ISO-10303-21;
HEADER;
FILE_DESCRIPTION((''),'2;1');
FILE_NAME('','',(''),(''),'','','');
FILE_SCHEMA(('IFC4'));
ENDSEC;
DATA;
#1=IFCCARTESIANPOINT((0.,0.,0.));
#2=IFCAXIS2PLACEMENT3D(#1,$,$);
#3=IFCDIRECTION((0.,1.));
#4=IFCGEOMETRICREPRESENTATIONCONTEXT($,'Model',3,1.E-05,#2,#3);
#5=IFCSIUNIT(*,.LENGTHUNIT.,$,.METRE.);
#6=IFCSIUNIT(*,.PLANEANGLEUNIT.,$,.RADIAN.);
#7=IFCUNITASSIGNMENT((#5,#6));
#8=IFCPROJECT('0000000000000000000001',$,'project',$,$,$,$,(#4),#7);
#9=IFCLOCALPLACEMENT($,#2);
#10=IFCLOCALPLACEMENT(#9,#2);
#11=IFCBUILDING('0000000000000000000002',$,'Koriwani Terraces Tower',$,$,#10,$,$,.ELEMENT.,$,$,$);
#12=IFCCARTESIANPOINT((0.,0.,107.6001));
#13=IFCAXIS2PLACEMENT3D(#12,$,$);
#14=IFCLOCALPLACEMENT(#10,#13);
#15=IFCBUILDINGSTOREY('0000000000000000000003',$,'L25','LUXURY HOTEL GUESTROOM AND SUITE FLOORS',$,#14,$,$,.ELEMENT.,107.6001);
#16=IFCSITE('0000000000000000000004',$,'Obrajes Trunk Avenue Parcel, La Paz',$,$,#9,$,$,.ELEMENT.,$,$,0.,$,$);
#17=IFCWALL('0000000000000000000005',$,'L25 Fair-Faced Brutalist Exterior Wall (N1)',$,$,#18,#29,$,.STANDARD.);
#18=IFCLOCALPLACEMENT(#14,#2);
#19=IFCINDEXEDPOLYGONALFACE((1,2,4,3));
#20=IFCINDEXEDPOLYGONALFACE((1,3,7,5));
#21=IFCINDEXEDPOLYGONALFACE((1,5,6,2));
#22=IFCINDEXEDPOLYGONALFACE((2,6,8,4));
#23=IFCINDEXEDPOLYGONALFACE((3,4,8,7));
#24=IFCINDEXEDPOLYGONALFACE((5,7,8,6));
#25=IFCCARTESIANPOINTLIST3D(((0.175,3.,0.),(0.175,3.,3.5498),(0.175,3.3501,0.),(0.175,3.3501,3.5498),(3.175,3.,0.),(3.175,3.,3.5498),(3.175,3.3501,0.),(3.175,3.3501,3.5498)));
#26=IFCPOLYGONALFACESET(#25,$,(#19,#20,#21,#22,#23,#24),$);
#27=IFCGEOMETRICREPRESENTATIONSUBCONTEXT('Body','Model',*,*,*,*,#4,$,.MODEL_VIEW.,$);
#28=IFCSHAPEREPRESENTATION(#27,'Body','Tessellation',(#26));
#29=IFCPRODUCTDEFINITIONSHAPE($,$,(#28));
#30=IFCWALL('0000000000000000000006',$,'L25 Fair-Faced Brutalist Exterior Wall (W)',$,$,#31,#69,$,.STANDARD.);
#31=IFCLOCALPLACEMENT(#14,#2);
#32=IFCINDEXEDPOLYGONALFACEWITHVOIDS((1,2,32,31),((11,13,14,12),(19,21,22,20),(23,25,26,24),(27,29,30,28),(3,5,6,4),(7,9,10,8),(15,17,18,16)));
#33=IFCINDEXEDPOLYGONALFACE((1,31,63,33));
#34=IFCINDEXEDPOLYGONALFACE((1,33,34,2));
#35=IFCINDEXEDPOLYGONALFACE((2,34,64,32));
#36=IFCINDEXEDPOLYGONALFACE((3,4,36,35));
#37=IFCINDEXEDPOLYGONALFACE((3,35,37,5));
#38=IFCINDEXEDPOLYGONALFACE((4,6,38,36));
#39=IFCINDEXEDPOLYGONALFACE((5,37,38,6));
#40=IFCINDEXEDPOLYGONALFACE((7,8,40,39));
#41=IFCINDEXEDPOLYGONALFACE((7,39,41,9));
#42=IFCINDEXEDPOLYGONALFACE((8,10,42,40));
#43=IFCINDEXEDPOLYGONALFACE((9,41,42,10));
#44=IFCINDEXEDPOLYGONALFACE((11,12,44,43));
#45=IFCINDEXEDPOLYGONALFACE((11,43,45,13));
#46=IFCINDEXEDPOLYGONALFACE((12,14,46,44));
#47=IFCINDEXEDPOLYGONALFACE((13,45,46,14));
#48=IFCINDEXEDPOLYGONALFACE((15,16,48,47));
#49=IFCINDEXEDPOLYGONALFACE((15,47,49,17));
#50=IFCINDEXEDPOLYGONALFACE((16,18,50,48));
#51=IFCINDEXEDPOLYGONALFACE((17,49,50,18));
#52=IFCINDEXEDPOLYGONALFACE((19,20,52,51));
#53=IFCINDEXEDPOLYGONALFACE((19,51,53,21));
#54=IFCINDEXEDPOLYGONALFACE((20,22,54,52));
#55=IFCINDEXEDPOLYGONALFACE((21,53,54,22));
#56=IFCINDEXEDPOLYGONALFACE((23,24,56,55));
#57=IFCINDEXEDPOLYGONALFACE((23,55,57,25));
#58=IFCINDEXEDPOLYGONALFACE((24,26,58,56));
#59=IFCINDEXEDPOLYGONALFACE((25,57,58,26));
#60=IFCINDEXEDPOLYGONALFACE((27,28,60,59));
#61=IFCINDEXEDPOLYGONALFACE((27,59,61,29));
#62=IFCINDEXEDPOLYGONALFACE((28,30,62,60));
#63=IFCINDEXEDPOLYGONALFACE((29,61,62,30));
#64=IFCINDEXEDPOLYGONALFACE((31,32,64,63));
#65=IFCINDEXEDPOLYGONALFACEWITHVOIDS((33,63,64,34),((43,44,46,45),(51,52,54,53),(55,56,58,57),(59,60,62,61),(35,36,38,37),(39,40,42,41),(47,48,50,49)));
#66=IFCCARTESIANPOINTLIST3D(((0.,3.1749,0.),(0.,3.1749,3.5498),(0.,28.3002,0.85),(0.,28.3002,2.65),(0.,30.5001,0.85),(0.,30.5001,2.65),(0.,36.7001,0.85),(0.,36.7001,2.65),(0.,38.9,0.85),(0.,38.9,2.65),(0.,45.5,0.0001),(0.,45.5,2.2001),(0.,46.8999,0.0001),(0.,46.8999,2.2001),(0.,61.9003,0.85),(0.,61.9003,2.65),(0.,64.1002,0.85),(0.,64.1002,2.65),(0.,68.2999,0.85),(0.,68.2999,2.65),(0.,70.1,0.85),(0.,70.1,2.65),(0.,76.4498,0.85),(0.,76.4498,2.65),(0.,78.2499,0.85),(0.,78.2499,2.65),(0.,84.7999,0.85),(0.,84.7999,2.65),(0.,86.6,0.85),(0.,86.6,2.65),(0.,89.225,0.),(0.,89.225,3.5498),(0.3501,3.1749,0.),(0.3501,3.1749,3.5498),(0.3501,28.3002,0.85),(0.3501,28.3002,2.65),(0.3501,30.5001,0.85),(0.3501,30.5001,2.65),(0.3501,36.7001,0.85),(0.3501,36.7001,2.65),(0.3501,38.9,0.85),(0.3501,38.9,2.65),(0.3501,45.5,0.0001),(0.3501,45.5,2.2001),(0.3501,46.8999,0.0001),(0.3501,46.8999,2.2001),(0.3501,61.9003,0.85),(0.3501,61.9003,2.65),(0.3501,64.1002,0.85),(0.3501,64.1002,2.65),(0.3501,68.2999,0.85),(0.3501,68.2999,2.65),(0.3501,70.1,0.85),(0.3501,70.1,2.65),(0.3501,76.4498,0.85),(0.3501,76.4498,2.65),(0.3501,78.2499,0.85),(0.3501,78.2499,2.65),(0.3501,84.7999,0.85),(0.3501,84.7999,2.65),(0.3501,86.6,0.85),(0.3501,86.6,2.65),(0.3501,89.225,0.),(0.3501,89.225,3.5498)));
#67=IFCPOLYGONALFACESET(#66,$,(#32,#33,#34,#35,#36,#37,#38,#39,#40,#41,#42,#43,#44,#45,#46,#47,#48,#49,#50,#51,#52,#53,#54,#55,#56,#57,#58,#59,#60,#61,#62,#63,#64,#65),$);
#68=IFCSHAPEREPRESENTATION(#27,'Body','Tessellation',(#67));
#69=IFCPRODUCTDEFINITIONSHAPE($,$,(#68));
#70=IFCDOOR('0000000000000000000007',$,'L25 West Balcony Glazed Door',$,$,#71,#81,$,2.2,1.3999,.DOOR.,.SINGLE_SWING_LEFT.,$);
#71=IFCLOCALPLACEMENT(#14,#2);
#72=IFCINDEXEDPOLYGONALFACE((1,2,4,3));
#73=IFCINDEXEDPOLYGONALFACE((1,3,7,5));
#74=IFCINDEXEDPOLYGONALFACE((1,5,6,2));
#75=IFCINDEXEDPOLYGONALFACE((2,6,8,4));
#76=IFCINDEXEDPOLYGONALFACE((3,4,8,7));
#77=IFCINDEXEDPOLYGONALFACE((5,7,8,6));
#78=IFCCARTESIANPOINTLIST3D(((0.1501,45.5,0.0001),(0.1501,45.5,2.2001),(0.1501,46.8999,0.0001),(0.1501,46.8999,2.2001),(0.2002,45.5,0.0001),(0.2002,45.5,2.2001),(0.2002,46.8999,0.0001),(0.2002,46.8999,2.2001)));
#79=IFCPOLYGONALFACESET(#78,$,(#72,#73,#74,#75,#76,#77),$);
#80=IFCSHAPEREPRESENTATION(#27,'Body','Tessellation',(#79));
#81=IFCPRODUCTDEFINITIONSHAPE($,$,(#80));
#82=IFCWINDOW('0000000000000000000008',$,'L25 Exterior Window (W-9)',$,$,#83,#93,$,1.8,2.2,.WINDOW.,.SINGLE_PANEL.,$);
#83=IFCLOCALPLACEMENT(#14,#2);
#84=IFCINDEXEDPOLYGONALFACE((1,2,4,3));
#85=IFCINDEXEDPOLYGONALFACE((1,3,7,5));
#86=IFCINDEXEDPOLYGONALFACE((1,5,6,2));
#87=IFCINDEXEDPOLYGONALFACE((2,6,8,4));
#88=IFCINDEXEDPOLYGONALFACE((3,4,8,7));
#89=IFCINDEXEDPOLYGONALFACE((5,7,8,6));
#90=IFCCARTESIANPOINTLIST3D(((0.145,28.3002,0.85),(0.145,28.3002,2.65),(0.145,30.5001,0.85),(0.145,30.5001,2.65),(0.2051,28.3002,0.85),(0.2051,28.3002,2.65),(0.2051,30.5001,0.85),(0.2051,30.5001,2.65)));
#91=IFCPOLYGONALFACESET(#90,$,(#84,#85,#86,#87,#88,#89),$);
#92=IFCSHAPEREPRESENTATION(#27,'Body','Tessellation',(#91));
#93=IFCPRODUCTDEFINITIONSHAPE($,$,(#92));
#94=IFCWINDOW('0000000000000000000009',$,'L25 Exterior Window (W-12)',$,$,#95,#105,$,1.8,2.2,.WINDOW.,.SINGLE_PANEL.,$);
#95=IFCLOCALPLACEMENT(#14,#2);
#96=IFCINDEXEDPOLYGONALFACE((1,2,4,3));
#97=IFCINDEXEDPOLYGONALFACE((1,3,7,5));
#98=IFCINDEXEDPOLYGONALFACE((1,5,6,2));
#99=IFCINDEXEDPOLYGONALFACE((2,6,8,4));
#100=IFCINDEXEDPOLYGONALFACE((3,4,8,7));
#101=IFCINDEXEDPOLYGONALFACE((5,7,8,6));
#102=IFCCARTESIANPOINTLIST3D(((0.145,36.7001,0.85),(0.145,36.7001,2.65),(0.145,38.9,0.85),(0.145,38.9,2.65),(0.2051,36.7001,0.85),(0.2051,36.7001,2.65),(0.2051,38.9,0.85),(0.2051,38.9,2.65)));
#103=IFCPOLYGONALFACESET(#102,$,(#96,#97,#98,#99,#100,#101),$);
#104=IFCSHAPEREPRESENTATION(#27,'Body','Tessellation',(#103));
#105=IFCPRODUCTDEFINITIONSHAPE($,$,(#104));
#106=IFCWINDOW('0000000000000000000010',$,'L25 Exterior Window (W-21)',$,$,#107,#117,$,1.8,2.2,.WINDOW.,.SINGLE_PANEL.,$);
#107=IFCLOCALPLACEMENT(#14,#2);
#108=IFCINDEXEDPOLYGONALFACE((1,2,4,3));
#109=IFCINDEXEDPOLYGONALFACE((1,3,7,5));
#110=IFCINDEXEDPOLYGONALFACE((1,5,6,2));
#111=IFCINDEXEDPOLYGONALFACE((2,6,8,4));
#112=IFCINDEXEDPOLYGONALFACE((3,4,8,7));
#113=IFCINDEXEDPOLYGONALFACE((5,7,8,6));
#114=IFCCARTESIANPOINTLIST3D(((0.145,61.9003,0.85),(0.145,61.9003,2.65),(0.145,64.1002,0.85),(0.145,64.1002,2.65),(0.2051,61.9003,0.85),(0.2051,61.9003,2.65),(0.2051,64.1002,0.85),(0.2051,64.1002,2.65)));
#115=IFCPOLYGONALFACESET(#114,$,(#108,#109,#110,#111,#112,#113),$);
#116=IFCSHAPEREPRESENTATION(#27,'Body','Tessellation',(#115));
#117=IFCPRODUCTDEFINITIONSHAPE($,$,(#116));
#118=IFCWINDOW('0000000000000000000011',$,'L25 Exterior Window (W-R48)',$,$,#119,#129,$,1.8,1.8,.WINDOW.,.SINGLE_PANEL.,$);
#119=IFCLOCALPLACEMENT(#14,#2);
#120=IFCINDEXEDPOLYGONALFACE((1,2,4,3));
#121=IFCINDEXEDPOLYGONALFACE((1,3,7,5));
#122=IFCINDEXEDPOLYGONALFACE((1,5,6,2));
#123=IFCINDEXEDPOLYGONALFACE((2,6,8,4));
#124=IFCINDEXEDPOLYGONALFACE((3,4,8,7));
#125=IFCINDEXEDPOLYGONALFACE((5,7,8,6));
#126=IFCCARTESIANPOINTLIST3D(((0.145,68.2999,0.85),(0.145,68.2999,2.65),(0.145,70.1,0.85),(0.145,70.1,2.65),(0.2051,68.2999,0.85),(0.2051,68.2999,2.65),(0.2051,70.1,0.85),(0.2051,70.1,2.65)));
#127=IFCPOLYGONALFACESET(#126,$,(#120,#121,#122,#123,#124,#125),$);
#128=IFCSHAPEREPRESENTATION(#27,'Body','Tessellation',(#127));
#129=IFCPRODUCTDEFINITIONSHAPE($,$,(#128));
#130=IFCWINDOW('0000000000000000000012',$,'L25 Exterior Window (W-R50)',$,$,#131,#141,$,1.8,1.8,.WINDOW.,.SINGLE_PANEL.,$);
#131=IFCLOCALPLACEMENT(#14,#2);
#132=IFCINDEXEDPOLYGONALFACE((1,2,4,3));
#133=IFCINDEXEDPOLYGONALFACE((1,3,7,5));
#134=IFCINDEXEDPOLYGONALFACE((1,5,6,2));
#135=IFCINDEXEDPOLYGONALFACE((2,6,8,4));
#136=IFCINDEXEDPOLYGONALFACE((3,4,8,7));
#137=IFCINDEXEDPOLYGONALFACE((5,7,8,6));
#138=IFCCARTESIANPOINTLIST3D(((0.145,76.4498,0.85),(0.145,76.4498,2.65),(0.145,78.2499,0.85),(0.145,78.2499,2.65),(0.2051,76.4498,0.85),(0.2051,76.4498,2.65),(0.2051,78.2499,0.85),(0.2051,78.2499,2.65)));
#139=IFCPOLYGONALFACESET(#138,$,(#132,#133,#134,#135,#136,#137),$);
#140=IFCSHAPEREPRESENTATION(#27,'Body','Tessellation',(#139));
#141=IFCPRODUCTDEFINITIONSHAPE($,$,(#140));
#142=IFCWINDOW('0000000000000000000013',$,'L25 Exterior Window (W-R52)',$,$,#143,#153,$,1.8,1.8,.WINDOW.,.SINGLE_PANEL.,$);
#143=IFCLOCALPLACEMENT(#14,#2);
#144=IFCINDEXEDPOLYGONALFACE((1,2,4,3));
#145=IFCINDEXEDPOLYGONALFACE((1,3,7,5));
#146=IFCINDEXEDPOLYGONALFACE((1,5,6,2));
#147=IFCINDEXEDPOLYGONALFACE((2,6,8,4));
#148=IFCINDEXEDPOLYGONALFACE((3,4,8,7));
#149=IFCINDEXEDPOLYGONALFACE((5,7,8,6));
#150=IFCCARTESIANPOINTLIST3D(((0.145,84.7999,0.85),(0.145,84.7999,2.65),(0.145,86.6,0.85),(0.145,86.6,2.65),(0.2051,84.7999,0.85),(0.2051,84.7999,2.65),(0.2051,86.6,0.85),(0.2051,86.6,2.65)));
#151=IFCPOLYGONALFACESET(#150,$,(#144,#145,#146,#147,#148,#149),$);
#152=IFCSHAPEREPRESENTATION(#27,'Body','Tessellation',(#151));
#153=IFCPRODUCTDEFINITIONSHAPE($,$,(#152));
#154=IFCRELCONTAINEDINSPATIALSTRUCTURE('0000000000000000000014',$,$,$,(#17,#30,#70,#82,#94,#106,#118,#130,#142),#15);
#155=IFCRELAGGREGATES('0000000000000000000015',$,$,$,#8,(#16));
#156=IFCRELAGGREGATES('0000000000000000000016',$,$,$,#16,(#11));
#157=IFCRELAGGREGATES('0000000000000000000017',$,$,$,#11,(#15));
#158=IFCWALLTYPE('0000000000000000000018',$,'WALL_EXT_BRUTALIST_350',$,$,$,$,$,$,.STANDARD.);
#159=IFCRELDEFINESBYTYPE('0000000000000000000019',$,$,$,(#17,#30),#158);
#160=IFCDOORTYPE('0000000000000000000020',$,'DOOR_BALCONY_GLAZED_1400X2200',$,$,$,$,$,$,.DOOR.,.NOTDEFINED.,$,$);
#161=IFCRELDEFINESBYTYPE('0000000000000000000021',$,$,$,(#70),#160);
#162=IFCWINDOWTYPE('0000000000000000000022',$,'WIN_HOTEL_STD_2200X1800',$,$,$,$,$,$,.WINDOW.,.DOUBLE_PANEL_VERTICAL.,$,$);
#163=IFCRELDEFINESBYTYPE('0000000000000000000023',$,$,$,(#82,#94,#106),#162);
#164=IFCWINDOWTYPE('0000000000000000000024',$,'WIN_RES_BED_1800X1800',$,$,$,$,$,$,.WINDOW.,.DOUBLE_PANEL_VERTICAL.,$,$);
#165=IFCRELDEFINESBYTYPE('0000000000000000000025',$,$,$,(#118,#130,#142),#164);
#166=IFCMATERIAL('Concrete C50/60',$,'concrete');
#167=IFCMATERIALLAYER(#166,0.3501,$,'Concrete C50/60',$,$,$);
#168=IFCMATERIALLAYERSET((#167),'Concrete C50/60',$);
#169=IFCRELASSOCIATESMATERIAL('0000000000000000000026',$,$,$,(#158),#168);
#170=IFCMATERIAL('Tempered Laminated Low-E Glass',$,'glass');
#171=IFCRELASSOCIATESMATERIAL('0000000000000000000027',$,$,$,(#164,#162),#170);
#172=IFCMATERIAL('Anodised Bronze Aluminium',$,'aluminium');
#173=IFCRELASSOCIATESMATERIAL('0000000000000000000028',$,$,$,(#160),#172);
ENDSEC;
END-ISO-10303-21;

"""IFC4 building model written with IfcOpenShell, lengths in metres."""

from ifc_helpers import new_model, si_unit, direction, frame, frame_2d, origin, place, context, subcontext, project, spatial, rectangle, extrude, material, layer, layer_set, type_object, element, fill, save


model = new_model("IFC4")

# Units and contexts
model_context = context("Model", 3, precision=1e-05, world=origin(), true_north=direction((0.0, 1.0)))
body_context = subcontext(model_context, "Body", "Model", "MODEL_VIEW")
ifc_project = project(units=[si_unit("LENGTHUNIT", "METRE"), si_unit("PLANEANGLEUNIT", "RADIAN")], contexts=[model_context])

# Site, building, storey
site_placement = place(None, origin())
site = spatial("IfcSite", under=ifc_project, at=site_placement, Name="Obrajes Trunk Avenue Parcel, La Paz", CompositionType="ELEMENT", RefElevation=0.0)
building_placement = place(site_placement, origin())
building = spatial("IfcBuilding", under=site, at=building_placement, Name="Koriwani Terraces Tower", CompositionType="ELEMENT")
storey_placement = place(building_placement, frame((0.0, 0.0, 107.6001)))
storey = spatial("IfcBuildingStorey", under=building, at=storey_placement, Name="L25", Description="LUXURY HOTEL GUESTROOM AND SUITE FLOORS", CompositionType="ELEMENT", Elevation=107.6001)

# Shared definitions
ifc_material_1 = material(Name="Concrete C50/60", Category="concrete")

# Shared definitions
ifc_layer_1 = layer(ifc_material_1, 0.3501, Name="Concrete C50/60")
ifc_layer_set_1 = layer_set([ifc_layer_1], Name="Concrete C50/60")
wall_type_1 = type_object("IfcWallType", Name="WALL_EXT_BRUTALIST_350", PredefinedType="STANDARD", material=ifc_layer_set_1)
ifc_material_2 = material(Name="Tempered Laminated Low-E Glass", Category="glass")
window_type_1 = type_object("IfcWindowType", Name="WIN_RES_BED_1800X1800", PartitioningType="DOUBLE_PANEL_VERTICAL", PredefinedType="WINDOW", material=ifc_material_2)

# Wall
wall_1_placement = place(storey_placement, frame((3.175, 3.175, 0.0), z_axis=(0.0, 0.0, 1.0), x_axis=(-1.0, 0.0, 0.0)))
element("IfcWall", 1, at=wall_1_placement, inside=storey, type_object=wall_type_1, Name="L25 Fair-Faced Brutalist Exterior Wall (N1)", PredefinedType="STANDARD", context=body_context, shape_type="SweptSolid", body=[
    extrude(rectangle(XDim=3.0, YDim=0.3501, at=frame_2d((1.5, 0.0))), origin(), (0.0, 0.0, 1.0), 3.5498),
])

# Wall, openings, door, windows
wall_2_placement = place(storey_placement, frame((0.175, 3.175, 0.0), z_axis=(0.0, 0.0, 1.0), x_axis=(0.0, 1.0, 0.0)))
wall_2 = element("IfcWall", 2, at=wall_2_placement, inside=storey, type_object=wall_type_1, Name="L25 Fair-Faced Brutalist Exterior Wall (W)", PredefinedType="STANDARD", context=body_context, shape_type="SweptSolid", body=[
    extrude(rectangle(XDim=86.05, YDim=0.3501, at=frame_2d((43.0249, 0.0))), origin(), (0.0, 0.0, 1.0), 3.5498),
])
opening_1_placement = place(wall_2_placement, frame((42.325, 0.0, 0.0)))
opening_1 = element("IfcOpeningElement", 3, at=opening_1_placement, cuts=wall_2, PredefinedType="OPENING", context=body_context, shape_type="SweptSolid", body=[
    extrude(rectangle(XDim=1.3999, YDim=2.2, at=frame_2d((0.7, 1.1001))), frame((0.0, 0.1851, 0.0), z_axis=(0.0, -1.0, 0.0), x_axis=(1.0, 0.0, 0.0)), (0.0, 0.0, 1.0), 0.3701),
])
opening_2_placement = place(wall_2_placement, frame((25.125, 0.0, 0.8501)))
opening_2 = element("IfcOpeningElement", 4, at=opening_2_placement, cuts=wall_2, PredefinedType="OPENING", context=body_context, shape_type="SweptSolid", body=[
    extrude(rectangle(XDim=2.2, YDim=1.8, at=frame_2d((1.1001, 0.8999))), frame((0.0, 0.1851, 0.0), z_axis=(0.0, -1.0, 0.0), x_axis=(1.0, 0.0, 0.0)), (0.0, 0.0, 1.0), 0.3701),
])
opening_3_placement = place(wall_2_placement, frame((33.5249, 0.0, 0.8501)))
opening_3 = element("IfcOpeningElement", 5, at=opening_3_placement, cuts=wall_2, PredefinedType="OPENING", context=body_context, shape_type="SweptSolid", body=[
    extrude(rectangle(XDim=2.2, YDim=1.8, at=frame_2d((1.1001, 0.8999))), frame((0.0, 0.1851, 0.0), z_axis=(0.0, -1.0, 0.0), x_axis=(1.0, 0.0, 0.0)), (0.0, 0.0, 1.0), 0.3701),
])
opening_4_placement = place(wall_2_placement, frame((58.7251, 0.0, 0.8501)))
opening_4 = element("IfcOpeningElement", 6, at=opening_4_placement, cuts=wall_2, PredefinedType="OPENING", context=body_context, shape_type="SweptSolid", body=[
    extrude(rectangle(XDim=2.2, YDim=1.8, at=frame_2d((1.1001, 0.8999))), frame((0.0, 0.1851, 0.0), z_axis=(0.0, -1.0, 0.0), x_axis=(1.0, 0.0, 0.0)), (0.0, 0.0, 1.0), 0.3701),
])
opening_5_placement = place(wall_2_placement, frame((65.125, 0.0, 0.8501)))
opening_5 = element("IfcOpeningElement", 7, at=opening_5_placement, cuts=wall_2, PredefinedType="OPENING", context=body_context, shape_type="SweptSolid", body=[
    extrude(rectangle(XDim=1.8, YDim=1.8, at=frame_2d((0.8999, 0.8999))), frame((0.0, 0.1851, 0.0), z_axis=(0.0, -1.0, 0.0), x_axis=(1.0, 0.0, 0.0)), (0.0, 0.0, 1.0), 0.3701),
])
opening_6_placement = place(wall_2_placement, frame((73.2749, 0.0, 0.8501)))
opening_6 = element("IfcOpeningElement", 8, at=opening_6_placement, cuts=wall_2, PredefinedType="OPENING", context=body_context, shape_type="SweptSolid", body=[
    extrude(rectangle(XDim=1.8, YDim=1.8, at=frame_2d((0.8999, 0.8999))), frame((0.0, 0.1851, 0.0), z_axis=(0.0, -1.0, 0.0), x_axis=(1.0, 0.0, 0.0)), (0.0, 0.0, 1.0), 0.3701),
])
opening_7_placement = place(wall_2_placement, frame((81.625, 0.0, 0.8501)))
opening_7 = element("IfcOpeningElement", 9, at=opening_7_placement, cuts=wall_2, PredefinedType="OPENING", context=body_context, shape_type="SweptSolid", body=[
    extrude(rectangle(XDim=1.8, YDim=1.8, at=frame_2d((0.8999, 0.8999))), frame((0.0, 0.1851, 0.0), z_axis=(0.0, -1.0, 0.0), x_axis=(1.0, 0.0, 0.0)), (0.0, 0.0, 1.0), 0.3701),
])
ifc_material_3 = material(Name="Anodised Bronze Aluminium", Category="aluminium")
door_type = type_object("IfcDoorType", Name="DOOR_BALCONY_GLAZED_1400X2200", OperationType="NOTDEFINED", PredefinedType="DOOR", material=ifc_material_3)
door_placement = place(opening_1_placement, origin())
door = element("IfcDoor", 10, at=door_placement, inside=storey, type_object=door_type, Name="L25 West Balcony Glazed Door", OperationType="SINGLE_SWING_LEFT", OverallHeight=2.2, OverallWidth=1.3999, PredefinedType="DOOR", context=body_context, shape_type="SweptSolid", body=[
    extrude(rectangle(XDim=1.3999, YDim=2.2, at=frame_2d((0.7, 1.1001))), frame((0.0, 0.0249, 0.0), z_axis=(0.0, -1.0, 0.0), x_axis=(1.0, 0.0, 0.0)), (0.0, 0.0, 1.0), 0.05),
])
fill(opening_1, door)
window_type_2 = type_object("IfcWindowType", Name="WIN_HOTEL_STD_2200X1800", PartitioningType="DOUBLE_PANEL_VERTICAL", PredefinedType="WINDOW", material=ifc_material_2)
window_1_placement = place(opening_2_placement, origin())
window_1 = element("IfcWindow", 11, at=window_1_placement, inside=storey, type_object=window_type_2, Name="L25 Exterior Window (W-9)", OverallHeight=1.8, OverallWidth=2.2, PartitioningType="SINGLE_PANEL", PredefinedType="WINDOW", context=body_context, shape_type="SweptSolid", body=[
    extrude(rectangle(XDim=2.2, YDim=1.8, at=frame_2d((1.1001, 0.8999))), frame((0.0, 0.03, 0.0), z_axis=(0.0, -1.0, 0.0), x_axis=(1.0, 0.0, 0.0)), (0.0, 0.0, 1.0), 0.0601),
])
fill(opening_2, window_1)
window_2_placement = place(opening_3_placement, origin())
window_2 = element("IfcWindow", 12, at=window_2_placement, inside=storey, type_object=window_type_2, Name="L25 Exterior Window (W-12)", OverallHeight=1.8, OverallWidth=2.2, PartitioningType="SINGLE_PANEL", PredefinedType="WINDOW", context=body_context, shape_type="SweptSolid", body=[
    extrude(rectangle(XDim=2.2, YDim=1.8, at=frame_2d((1.1001, 0.8999))), frame((0.0, 0.03, 0.0), z_axis=(0.0, -1.0, 0.0), x_axis=(1.0, 0.0, 0.0)), (0.0, 0.0, 1.0), 0.0601),
])
fill(opening_3, window_2)
window_3_placement = place(opening_4_placement, origin())
window_3 = element("IfcWindow", 13, at=window_3_placement, inside=storey, type_object=window_type_2, Name="L25 Exterior Window (W-21)", OverallHeight=1.8, OverallWidth=2.2, PartitioningType="SINGLE_PANEL", PredefinedType="WINDOW", context=body_context, shape_type="SweptSolid", body=[
    extrude(rectangle(XDim=2.2, YDim=1.8, at=frame_2d((1.1001, 0.8999))), frame((0.0, 0.03, 0.0), z_axis=(0.0, -1.0, 0.0), x_axis=(1.0, 0.0, 0.0)), (0.0, 0.0, 1.0), 0.0601),
])
fill(opening_4, window_3)
window_4_placement = place(opening_5_placement, origin())
window_4 = element("IfcWindow", 14, at=window_4_placement, inside=storey, type_object=window_type_1, Name="L25 Exterior Window (W-R48)", OverallHeight=1.8, OverallWidth=1.8, PartitioningType="SINGLE_PANEL", PredefinedType="WINDOW", context=body_context, shape_type="SweptSolid", body=[
    extrude(rectangle(XDim=1.8, YDim=1.8, at=frame_2d((0.8999, 0.8999))), frame((0.0, 0.03, 0.0), z_axis=(0.0, -1.0, 0.0), x_axis=(1.0, 0.0, 0.0)), (0.0, 0.0, 1.0), 0.0601),
])
fill(opening_5, window_4)
window_5_placement = place(opening_6_placement, origin())
window_5 = element("IfcWindow", 15, at=window_5_placement, inside=storey, type_object=window_type_1, Name="L25 Exterior Window (W-R50)", OverallHeight=1.8, OverallWidth=1.8, PartitioningType="SINGLE_PANEL", PredefinedType="WINDOW", context=body_context, shape_type="SweptSolid", body=[
    extrude(rectangle(XDim=1.8, YDim=1.8, at=frame_2d((0.8999, 0.8999))), frame((0.0, 0.03, 0.0), z_axis=(0.0, -1.0, 0.0), x_axis=(1.0, 0.0, 0.0)), (0.0, 0.0, 1.0), 0.0601),
])
fill(opening_6, window_5)
window_6_placement = place(opening_7_placement, origin())
window_6 = element("IfcWindow", 16, at=window_6_placement, inside=storey, type_object=window_type_1, Name="L25 Exterior Window (W-R52)", OverallHeight=1.8, OverallWidth=1.8, PartitioningType="SINGLE_PANEL", PredefinedType="WINDOW", context=body_context, shape_type="SweptSolid", body=[
    extrude(rectangle(XDim=1.8, YDim=1.8, at=frame_2d((0.8999, 0.8999))), frame((0.0, 0.03, 0.0), z_axis=(0.0, -1.0, 0.0), x_axis=(1.0, 0.0, 0.0)), (0.0, 0.0, 1.0), 0.0601),
])
fill(opening_7, window_6)

save(model, "model.ifc")
